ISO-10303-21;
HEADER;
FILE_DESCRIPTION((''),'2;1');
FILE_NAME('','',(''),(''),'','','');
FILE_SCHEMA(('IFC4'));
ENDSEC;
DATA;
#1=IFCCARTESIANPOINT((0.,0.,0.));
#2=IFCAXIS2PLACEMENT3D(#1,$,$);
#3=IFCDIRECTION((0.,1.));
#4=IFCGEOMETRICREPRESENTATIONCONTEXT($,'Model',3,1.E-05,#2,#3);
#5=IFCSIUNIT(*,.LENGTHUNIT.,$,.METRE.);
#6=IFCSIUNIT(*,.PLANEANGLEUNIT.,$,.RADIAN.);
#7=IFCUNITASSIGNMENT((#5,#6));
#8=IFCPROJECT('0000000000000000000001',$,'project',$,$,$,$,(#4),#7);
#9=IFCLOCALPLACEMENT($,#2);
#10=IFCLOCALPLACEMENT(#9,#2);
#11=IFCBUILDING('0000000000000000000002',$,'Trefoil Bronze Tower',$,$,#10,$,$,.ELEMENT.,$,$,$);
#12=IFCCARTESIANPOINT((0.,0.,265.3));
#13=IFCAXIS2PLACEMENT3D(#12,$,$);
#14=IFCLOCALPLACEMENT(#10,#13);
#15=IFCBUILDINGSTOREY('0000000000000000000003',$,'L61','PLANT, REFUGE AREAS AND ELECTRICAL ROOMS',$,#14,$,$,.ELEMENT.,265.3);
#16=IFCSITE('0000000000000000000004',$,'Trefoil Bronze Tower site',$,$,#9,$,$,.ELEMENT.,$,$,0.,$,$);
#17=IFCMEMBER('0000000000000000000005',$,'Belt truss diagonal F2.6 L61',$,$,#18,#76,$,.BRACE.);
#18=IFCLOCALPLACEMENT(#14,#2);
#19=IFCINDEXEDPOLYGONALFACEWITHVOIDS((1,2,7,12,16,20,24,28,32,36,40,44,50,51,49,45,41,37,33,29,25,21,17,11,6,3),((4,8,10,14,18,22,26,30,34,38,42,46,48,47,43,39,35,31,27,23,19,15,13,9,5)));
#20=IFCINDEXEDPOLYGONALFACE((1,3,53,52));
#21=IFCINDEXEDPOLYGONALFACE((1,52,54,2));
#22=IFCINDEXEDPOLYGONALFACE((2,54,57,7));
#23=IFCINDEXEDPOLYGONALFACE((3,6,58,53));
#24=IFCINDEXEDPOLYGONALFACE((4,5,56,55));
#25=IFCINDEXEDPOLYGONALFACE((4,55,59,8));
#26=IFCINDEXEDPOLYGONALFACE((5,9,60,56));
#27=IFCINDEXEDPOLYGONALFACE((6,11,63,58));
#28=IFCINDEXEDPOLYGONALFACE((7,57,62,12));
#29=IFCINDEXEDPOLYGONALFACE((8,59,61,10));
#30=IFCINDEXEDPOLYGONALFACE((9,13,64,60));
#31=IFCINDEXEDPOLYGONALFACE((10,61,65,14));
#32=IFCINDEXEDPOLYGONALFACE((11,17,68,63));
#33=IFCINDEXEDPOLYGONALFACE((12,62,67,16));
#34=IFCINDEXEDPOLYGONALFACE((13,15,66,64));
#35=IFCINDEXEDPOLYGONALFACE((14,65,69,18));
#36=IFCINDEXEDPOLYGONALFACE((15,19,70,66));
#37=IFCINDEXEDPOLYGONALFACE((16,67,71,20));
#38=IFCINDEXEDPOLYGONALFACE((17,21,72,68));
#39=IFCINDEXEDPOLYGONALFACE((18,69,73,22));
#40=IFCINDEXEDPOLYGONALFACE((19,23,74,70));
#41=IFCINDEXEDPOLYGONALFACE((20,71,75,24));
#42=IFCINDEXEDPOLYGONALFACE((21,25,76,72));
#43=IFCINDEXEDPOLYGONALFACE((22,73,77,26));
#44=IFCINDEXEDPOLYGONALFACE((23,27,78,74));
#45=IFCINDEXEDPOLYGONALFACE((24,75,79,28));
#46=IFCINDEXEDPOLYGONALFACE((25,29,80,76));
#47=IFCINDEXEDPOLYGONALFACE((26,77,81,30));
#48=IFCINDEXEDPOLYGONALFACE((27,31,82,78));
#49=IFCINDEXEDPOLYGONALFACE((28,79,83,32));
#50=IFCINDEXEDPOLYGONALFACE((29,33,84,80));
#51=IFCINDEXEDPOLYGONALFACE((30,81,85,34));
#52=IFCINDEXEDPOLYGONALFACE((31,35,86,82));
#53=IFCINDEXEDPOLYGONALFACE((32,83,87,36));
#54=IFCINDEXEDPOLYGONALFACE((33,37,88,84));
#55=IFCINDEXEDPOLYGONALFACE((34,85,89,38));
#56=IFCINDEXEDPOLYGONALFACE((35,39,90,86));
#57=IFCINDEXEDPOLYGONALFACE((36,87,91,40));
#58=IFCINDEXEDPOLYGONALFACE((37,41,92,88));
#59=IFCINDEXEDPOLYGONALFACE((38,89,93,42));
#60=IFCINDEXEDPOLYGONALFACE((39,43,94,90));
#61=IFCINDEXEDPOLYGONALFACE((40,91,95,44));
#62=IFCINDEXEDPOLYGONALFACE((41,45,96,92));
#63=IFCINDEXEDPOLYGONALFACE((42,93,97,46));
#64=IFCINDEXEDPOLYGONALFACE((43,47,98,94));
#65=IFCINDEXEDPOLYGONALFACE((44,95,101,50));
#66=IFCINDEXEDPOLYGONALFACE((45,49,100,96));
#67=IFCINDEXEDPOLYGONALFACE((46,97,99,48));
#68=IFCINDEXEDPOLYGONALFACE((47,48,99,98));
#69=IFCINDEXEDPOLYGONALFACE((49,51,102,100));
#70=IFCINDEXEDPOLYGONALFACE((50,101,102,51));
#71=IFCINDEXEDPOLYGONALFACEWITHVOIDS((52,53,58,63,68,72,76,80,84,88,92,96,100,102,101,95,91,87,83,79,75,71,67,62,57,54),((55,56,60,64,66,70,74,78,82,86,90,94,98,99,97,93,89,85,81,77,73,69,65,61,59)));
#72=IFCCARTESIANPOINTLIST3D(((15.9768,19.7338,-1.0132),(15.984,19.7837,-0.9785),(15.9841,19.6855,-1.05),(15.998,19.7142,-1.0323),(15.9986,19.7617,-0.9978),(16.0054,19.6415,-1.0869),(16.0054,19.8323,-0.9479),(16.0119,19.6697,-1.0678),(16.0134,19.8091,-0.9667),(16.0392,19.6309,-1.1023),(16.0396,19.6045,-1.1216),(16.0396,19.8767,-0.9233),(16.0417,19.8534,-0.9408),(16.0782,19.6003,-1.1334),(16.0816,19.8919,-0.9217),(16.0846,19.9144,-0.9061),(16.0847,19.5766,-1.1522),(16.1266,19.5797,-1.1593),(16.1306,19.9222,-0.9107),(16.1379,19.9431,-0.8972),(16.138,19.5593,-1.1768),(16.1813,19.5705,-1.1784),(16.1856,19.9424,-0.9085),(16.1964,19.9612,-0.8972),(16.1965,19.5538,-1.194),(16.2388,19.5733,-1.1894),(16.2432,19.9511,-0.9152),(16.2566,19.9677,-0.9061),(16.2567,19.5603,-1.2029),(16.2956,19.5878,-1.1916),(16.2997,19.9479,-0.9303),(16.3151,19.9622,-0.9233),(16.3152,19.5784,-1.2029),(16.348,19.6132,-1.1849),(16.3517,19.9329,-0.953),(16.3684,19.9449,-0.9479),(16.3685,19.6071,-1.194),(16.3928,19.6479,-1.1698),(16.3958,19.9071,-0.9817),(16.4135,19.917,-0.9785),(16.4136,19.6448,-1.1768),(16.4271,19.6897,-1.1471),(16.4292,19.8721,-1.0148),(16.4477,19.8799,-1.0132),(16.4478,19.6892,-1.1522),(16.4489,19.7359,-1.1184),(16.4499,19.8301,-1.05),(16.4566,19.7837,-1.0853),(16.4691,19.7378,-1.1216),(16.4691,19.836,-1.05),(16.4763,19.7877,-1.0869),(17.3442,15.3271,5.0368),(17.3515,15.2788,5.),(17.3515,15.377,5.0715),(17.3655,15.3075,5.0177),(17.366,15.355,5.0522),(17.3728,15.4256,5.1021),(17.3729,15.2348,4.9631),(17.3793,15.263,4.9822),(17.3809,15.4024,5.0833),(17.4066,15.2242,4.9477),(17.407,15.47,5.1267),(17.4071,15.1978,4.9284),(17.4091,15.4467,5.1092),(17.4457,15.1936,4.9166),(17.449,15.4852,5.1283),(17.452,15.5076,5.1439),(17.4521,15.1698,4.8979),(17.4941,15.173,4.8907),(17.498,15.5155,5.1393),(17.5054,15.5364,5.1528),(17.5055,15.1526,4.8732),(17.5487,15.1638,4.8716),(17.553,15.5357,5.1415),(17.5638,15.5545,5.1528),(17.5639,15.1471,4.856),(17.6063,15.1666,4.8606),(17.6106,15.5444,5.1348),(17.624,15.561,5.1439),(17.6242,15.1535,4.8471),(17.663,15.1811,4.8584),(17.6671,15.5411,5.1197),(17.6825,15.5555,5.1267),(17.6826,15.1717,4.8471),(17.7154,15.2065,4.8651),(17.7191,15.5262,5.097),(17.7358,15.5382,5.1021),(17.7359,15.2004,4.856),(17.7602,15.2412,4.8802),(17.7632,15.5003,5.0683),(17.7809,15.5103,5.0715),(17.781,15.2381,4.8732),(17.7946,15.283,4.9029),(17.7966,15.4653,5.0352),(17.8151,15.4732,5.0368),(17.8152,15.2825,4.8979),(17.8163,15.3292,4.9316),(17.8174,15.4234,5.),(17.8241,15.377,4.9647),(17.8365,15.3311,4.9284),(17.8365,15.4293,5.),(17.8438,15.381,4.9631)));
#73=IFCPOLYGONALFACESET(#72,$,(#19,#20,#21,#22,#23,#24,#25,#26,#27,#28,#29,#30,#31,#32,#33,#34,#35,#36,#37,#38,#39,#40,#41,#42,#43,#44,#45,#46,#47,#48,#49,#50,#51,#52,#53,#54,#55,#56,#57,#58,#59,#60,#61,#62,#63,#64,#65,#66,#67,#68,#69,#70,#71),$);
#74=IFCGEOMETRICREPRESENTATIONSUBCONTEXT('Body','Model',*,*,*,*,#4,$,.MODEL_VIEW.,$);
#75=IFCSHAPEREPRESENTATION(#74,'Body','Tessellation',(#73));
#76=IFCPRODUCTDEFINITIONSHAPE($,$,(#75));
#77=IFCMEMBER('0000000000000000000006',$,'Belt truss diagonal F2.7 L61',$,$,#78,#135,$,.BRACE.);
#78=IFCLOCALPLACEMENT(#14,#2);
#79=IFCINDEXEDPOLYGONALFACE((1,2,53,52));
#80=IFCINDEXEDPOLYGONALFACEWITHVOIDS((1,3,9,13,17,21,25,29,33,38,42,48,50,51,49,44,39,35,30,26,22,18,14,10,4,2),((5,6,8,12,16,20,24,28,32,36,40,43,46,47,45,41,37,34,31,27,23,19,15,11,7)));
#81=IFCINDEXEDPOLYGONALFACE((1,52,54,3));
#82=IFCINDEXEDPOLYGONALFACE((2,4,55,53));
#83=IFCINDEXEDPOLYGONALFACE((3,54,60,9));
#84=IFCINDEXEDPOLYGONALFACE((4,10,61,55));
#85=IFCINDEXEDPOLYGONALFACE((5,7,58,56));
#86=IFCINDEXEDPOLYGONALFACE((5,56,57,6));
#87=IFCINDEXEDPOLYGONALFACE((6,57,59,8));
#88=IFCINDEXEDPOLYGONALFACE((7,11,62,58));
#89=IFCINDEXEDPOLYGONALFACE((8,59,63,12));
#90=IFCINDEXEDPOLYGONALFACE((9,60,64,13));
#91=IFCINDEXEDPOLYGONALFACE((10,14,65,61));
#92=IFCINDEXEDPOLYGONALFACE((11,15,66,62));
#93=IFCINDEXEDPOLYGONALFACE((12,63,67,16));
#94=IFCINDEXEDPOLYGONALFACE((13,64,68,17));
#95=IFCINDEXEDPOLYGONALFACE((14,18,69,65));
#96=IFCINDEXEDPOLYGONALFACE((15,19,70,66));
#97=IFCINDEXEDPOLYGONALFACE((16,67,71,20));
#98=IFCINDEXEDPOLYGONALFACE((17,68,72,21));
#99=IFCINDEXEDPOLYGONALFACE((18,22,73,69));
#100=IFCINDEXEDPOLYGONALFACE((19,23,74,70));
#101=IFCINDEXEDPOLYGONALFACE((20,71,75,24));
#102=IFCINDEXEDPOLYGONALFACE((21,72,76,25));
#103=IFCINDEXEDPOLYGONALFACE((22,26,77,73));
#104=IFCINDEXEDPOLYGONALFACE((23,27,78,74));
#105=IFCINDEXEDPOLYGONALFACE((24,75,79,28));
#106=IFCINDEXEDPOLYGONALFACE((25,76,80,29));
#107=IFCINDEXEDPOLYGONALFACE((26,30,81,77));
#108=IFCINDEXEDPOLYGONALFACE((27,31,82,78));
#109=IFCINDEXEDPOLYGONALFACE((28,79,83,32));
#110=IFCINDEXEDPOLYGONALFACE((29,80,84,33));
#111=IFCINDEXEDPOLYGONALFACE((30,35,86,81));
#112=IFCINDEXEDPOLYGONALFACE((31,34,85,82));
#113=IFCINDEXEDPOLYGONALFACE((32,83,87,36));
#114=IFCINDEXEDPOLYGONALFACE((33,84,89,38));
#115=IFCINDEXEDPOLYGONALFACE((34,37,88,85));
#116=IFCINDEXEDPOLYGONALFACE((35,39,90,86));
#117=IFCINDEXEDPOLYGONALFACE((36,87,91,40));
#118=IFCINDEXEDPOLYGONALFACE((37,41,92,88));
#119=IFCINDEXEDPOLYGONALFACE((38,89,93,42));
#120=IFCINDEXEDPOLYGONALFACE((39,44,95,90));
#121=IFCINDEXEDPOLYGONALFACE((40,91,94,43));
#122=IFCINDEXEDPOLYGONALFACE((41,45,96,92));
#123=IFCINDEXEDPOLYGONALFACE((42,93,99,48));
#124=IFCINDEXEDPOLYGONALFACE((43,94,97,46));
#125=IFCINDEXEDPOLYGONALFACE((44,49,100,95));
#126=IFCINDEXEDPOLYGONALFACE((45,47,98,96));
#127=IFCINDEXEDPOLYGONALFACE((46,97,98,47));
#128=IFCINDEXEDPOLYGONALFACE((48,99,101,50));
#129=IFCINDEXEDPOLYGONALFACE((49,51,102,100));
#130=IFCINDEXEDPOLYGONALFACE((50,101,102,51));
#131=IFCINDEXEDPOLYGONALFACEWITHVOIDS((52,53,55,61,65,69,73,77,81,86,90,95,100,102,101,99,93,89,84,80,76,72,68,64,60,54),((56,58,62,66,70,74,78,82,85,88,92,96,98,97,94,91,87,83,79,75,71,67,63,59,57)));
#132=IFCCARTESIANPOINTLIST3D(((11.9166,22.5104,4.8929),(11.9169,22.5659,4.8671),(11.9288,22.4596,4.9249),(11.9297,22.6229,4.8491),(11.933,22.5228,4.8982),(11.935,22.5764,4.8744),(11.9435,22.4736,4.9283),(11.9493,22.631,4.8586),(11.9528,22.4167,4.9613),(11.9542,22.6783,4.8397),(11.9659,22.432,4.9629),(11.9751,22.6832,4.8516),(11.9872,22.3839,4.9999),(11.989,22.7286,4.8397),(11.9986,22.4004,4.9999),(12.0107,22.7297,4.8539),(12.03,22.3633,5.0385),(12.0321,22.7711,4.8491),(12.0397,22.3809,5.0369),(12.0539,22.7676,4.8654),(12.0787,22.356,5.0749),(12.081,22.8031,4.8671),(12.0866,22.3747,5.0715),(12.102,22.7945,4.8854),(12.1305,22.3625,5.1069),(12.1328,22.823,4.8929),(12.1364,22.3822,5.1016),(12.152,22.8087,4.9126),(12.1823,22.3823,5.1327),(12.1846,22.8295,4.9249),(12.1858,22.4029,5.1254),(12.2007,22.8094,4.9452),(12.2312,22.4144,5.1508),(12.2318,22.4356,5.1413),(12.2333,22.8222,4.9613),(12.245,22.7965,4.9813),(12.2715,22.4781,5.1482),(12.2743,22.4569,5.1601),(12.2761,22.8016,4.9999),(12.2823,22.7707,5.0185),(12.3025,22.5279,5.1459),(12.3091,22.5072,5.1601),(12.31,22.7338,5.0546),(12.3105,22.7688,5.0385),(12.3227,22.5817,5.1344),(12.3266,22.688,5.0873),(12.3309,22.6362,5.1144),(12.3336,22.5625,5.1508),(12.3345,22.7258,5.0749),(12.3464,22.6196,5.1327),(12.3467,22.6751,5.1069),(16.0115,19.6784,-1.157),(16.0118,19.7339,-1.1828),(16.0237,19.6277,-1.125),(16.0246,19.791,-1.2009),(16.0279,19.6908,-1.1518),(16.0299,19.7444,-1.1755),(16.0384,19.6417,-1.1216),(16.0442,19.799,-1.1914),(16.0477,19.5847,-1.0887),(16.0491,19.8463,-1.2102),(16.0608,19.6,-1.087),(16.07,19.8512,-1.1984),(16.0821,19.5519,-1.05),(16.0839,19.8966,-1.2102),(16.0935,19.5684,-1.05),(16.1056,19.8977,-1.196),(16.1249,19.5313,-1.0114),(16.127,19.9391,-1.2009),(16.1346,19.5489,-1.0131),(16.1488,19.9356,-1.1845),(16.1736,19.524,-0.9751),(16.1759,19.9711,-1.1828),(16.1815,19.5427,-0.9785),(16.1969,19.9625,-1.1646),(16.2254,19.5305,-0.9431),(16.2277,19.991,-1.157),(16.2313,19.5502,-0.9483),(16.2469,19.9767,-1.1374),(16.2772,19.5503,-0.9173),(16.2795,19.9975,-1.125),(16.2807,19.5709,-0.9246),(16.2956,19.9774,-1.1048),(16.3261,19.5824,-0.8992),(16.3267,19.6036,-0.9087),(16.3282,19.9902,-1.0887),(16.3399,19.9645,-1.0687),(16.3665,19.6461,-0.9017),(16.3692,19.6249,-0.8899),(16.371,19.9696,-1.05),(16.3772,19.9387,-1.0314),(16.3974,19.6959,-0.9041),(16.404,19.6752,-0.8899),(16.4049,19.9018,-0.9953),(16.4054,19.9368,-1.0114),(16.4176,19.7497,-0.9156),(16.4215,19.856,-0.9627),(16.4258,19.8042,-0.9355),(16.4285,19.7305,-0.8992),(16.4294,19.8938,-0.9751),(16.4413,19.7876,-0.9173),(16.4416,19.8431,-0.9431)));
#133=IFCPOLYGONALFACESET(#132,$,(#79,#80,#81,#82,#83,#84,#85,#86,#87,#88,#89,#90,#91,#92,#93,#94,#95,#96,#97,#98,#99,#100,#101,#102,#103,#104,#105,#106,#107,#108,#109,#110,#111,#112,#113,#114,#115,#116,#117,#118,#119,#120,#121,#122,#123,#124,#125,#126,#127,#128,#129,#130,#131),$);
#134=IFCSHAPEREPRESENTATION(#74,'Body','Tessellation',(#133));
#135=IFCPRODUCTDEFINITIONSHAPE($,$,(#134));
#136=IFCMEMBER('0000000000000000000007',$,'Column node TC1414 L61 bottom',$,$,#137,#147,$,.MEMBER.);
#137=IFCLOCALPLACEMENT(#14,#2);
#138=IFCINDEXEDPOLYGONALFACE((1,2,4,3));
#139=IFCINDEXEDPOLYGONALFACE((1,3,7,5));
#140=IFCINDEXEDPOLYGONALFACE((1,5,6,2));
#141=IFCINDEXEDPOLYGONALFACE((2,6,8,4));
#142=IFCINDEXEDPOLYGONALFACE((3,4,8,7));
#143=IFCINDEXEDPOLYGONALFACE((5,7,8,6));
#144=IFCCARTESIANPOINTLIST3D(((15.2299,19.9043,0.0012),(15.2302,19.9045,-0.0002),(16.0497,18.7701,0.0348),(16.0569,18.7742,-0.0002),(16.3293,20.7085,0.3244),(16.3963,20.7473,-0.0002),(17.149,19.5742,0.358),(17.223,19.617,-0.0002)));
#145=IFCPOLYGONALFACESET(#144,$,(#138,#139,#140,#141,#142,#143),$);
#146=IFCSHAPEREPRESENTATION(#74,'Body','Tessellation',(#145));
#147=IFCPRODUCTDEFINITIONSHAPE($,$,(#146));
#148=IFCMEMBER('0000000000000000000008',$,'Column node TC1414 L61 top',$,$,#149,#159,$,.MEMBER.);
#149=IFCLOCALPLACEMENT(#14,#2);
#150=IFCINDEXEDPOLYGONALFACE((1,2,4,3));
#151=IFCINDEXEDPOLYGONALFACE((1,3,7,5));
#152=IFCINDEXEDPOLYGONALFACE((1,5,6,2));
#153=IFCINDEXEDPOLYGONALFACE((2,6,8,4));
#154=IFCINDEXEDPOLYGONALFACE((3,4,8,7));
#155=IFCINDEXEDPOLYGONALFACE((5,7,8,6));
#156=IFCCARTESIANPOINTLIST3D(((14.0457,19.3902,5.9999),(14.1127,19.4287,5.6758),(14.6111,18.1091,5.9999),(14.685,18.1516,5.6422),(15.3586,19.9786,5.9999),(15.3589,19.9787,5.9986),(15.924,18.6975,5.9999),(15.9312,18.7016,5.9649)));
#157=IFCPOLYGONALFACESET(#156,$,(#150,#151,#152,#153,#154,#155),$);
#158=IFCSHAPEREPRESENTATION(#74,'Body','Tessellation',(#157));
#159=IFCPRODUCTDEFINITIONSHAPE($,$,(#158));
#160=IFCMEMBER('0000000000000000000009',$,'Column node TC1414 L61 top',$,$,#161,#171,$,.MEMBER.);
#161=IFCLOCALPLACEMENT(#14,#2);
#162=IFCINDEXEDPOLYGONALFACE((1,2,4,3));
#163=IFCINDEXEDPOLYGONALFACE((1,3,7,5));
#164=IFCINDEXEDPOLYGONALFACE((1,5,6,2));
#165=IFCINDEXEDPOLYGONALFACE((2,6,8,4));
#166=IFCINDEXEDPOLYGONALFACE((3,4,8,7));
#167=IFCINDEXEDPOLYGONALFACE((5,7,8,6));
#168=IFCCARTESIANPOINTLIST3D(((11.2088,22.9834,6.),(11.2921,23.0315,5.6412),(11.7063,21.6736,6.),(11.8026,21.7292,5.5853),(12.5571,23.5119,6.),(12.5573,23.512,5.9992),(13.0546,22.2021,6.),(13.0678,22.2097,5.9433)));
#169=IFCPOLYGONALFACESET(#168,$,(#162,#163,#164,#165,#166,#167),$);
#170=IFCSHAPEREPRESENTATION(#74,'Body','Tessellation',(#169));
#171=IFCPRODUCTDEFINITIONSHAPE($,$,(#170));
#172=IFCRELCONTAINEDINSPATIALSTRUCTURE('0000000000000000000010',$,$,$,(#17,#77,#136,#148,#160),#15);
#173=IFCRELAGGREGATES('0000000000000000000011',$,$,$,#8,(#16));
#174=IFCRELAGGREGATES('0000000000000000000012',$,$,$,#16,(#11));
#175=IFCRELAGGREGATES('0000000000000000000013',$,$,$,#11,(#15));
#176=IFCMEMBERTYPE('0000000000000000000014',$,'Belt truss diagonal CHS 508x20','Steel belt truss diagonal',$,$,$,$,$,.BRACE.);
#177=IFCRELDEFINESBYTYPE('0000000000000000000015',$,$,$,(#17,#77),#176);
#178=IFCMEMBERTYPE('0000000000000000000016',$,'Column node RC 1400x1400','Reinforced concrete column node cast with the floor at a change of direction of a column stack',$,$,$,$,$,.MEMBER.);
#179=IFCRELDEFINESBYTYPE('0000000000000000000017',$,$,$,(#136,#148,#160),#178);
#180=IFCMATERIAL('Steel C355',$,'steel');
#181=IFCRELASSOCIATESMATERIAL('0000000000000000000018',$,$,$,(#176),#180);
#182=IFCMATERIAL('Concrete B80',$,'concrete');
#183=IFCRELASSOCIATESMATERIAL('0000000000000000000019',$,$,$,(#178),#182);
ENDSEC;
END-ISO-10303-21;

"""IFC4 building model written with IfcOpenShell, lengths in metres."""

from ifc_helpers import new_model, si_unit, direction, frame, origin, origin_2d, place, context, subcontext, project, spatial, rectangle, hollow_circle, extrude, clip, halfspace, material, material_profile, profile_set, type_object, element, save


model = new_model("IFC4")

# Units and contexts
model_context = context("Model", 3, precision=1e-05, world=origin(), true_north=direction((0.0, 1.0)))
body_context = subcontext(model_context, "Body", "Model", "MODEL_VIEW")
ifc_project = project(units=[si_unit("LENGTHUNIT", "METRE"), si_unit("PLANEANGLEUNIT", "RADIAN")], contexts=[model_context])

# Site, building, storey
site_placement = place(None, origin())
site = spatial("IfcSite", under=ifc_project, at=site_placement, Name="Trefoil Bronze Tower site", CompositionType="ELEMENT", RefElevation=0.0)
building_placement = place(site_placement, origin())
building = spatial("IfcBuilding", under=site, at=building_placement, Name="Trefoil Bronze Tower", CompositionType="ELEMENT")
storey_placement = place(building_placement, frame((0.0, 0.0, 265.3)))
storey = spatial("IfcBuildingStorey", under=building, at=storey_placement, Name="L61", Description="PLANT, REFUGE AREAS AND ELECTRICAL ROOMS", CompositionType="ELEMENT", Elevation=265.3)

# Members
ifc_material_1 = material(Name="Steel C355", Category="steel")
ifc_material_profile_1 = material_profile(ifc_material_1, hollow_circle(Radius=0.2539, WallThickness=0.02, at=origin_2d()), Name="CHS 508x20")
ifc_profile_set_1 = profile_set([ifc_material_profile_1], Name="Steel C355")
member_type_1 = type_object("IfcMemberType", Name="Belt truss diagonal CHS 508x20", Description="Steel belt truss diagonal", PredefinedType="BRACE", material=ifc_profile_set_1)
member_1_placement = place(storey_placement, frame((16.2266, 19.7607, -1.05), z_axis=(0.17972, -0.579171, 0.795149), x_axis=(0.955075, 0.296364, 0.0)))
element("IfcMember", 1, at=member_1_placement, inside=storey, type_object=member_type_1, Name="Belt truss diagonal F2.6 L61", PredefinedType="BRACE", context=body_context, shape_type="SweptSolid", body=[
    extrude(hollow_circle(Radius=0.2539, WallThickness=0.02, at=origin_2d()), origin(), (0.0, 0.0, 1.0), 7.6086),
])
member_2_placement = place(storey_placement, frame((16.2266, 19.7607, -1.05), z_axis=(-0.52263, 0.361444, 0.772151), x_axis=(-0.56881, -0.822469, 0.0)))
element("IfcMember", 2, at=member_2_placement, inside=storey, type_object=member_type_1, Name="Belt truss diagonal F2.7 L61", PredefinedType="BRACE", context=body_context, shape_type="SweptSolid", body=[
    extrude(hollow_circle(Radius=0.2539, WallThickness=0.02, at=origin_2d()), origin(), (0.0, 0.0, 1.0), 7.8352),
])
ifc_material_2 = material(Name="Concrete B80", Category="concrete")
ifc_material_profile_2 = material_profile(ifc_material_2, rectangle(XDim=1.3999, YDim=1.3999, at=origin_2d()), Name="RC 1400x1400")
ifc_profile_set_2 = profile_set([ifc_material_profile_2], Name="Concrete B80")
member_type_2 = type_object("IfcMemberType", Name="Column node RC 1400x1400", Description="Reinforced concrete column node cast with the floor at a change of direction of a column stack", PredefinedType="MEMBER", material=ifc_profile_set_2)
member_3_placement = place(storey_placement, frame((16.2637, 19.7822, -0.1797), z_axis=(-0.200881, -0.1163, 0.972688), x_axis=(-0.585578, 0.810259, -0.024056)))
element("IfcMember", 3, at=member_3_placement, inside=storey, type_object=member_type_2, Name="Column node TC1414 L61 bottom", PredefinedType="MEMBER", context=body_context, shape_type="Clipping", body=[
    clip(extrude(rectangle(XDim=1.3999, YDim=1.3999, at=origin_2d()), origin(), (0.0, 0.0, 1.0), 0.3694), halfspace(frame((0.0, 0.0, 0.1846), z_axis=(-0.024056, -0.230868, 0.972688), x_axis=(0.0, 0.972969, 0.230935)), True)),
])
member_4_placement = place(storey_placement, frame((14.9478, 19.0225, 6.1797), z_axis=(0.200897, 0.115648, -0.972762), x_axis=(0.408842, -0.912289, -0.024024)))
element("IfcMember", 4, at=member_4_placement, inside=storey, type_object=member_type_2, Name="Column node TC1414 L61 top", PredefinedType="MEMBER", context=body_context, shape_type="Clipping", body=[
    clip(extrude(rectangle(XDim=1.3999, YDim=1.3999, at=origin_2d()), origin(), (0.0, 0.0, 1.0), 0.3694), halfspace(frame((0.0, 0.0, 0.1848), z_axis=(0.024024, 0.230557, 0.972762), x_axis=(0.0, 0.973043, -0.230624)), True)),
])
member_5_placement = place(storey_placement, frame((12.0835, 22.5649, 6.2078), z_axis=(0.224171, 0.129395, -0.965921), x_axis=(0.364655, -0.930284, -0.039992)))
element("IfcMember", 5, at=member_5_placement, inside=storey, type_object=member_type_2, Name="Column node TC1414 L61 top", PredefinedType="MEMBER", context=body_context, shape_type="Clipping", body=[
    clip(extrude(rectangle(XDim=1.3999, YDim=1.3999, at=origin_2d()), origin(), (0.0, 0.0, 1.0), 0.4302), halfspace(frame((0.0, 0.0, 0.2151), z_axis=(0.039992, 0.255727, 0.965921), x_axis=(0.0, 0.966695, -0.255932)), True)),
])

save(model, "model.ifc")
